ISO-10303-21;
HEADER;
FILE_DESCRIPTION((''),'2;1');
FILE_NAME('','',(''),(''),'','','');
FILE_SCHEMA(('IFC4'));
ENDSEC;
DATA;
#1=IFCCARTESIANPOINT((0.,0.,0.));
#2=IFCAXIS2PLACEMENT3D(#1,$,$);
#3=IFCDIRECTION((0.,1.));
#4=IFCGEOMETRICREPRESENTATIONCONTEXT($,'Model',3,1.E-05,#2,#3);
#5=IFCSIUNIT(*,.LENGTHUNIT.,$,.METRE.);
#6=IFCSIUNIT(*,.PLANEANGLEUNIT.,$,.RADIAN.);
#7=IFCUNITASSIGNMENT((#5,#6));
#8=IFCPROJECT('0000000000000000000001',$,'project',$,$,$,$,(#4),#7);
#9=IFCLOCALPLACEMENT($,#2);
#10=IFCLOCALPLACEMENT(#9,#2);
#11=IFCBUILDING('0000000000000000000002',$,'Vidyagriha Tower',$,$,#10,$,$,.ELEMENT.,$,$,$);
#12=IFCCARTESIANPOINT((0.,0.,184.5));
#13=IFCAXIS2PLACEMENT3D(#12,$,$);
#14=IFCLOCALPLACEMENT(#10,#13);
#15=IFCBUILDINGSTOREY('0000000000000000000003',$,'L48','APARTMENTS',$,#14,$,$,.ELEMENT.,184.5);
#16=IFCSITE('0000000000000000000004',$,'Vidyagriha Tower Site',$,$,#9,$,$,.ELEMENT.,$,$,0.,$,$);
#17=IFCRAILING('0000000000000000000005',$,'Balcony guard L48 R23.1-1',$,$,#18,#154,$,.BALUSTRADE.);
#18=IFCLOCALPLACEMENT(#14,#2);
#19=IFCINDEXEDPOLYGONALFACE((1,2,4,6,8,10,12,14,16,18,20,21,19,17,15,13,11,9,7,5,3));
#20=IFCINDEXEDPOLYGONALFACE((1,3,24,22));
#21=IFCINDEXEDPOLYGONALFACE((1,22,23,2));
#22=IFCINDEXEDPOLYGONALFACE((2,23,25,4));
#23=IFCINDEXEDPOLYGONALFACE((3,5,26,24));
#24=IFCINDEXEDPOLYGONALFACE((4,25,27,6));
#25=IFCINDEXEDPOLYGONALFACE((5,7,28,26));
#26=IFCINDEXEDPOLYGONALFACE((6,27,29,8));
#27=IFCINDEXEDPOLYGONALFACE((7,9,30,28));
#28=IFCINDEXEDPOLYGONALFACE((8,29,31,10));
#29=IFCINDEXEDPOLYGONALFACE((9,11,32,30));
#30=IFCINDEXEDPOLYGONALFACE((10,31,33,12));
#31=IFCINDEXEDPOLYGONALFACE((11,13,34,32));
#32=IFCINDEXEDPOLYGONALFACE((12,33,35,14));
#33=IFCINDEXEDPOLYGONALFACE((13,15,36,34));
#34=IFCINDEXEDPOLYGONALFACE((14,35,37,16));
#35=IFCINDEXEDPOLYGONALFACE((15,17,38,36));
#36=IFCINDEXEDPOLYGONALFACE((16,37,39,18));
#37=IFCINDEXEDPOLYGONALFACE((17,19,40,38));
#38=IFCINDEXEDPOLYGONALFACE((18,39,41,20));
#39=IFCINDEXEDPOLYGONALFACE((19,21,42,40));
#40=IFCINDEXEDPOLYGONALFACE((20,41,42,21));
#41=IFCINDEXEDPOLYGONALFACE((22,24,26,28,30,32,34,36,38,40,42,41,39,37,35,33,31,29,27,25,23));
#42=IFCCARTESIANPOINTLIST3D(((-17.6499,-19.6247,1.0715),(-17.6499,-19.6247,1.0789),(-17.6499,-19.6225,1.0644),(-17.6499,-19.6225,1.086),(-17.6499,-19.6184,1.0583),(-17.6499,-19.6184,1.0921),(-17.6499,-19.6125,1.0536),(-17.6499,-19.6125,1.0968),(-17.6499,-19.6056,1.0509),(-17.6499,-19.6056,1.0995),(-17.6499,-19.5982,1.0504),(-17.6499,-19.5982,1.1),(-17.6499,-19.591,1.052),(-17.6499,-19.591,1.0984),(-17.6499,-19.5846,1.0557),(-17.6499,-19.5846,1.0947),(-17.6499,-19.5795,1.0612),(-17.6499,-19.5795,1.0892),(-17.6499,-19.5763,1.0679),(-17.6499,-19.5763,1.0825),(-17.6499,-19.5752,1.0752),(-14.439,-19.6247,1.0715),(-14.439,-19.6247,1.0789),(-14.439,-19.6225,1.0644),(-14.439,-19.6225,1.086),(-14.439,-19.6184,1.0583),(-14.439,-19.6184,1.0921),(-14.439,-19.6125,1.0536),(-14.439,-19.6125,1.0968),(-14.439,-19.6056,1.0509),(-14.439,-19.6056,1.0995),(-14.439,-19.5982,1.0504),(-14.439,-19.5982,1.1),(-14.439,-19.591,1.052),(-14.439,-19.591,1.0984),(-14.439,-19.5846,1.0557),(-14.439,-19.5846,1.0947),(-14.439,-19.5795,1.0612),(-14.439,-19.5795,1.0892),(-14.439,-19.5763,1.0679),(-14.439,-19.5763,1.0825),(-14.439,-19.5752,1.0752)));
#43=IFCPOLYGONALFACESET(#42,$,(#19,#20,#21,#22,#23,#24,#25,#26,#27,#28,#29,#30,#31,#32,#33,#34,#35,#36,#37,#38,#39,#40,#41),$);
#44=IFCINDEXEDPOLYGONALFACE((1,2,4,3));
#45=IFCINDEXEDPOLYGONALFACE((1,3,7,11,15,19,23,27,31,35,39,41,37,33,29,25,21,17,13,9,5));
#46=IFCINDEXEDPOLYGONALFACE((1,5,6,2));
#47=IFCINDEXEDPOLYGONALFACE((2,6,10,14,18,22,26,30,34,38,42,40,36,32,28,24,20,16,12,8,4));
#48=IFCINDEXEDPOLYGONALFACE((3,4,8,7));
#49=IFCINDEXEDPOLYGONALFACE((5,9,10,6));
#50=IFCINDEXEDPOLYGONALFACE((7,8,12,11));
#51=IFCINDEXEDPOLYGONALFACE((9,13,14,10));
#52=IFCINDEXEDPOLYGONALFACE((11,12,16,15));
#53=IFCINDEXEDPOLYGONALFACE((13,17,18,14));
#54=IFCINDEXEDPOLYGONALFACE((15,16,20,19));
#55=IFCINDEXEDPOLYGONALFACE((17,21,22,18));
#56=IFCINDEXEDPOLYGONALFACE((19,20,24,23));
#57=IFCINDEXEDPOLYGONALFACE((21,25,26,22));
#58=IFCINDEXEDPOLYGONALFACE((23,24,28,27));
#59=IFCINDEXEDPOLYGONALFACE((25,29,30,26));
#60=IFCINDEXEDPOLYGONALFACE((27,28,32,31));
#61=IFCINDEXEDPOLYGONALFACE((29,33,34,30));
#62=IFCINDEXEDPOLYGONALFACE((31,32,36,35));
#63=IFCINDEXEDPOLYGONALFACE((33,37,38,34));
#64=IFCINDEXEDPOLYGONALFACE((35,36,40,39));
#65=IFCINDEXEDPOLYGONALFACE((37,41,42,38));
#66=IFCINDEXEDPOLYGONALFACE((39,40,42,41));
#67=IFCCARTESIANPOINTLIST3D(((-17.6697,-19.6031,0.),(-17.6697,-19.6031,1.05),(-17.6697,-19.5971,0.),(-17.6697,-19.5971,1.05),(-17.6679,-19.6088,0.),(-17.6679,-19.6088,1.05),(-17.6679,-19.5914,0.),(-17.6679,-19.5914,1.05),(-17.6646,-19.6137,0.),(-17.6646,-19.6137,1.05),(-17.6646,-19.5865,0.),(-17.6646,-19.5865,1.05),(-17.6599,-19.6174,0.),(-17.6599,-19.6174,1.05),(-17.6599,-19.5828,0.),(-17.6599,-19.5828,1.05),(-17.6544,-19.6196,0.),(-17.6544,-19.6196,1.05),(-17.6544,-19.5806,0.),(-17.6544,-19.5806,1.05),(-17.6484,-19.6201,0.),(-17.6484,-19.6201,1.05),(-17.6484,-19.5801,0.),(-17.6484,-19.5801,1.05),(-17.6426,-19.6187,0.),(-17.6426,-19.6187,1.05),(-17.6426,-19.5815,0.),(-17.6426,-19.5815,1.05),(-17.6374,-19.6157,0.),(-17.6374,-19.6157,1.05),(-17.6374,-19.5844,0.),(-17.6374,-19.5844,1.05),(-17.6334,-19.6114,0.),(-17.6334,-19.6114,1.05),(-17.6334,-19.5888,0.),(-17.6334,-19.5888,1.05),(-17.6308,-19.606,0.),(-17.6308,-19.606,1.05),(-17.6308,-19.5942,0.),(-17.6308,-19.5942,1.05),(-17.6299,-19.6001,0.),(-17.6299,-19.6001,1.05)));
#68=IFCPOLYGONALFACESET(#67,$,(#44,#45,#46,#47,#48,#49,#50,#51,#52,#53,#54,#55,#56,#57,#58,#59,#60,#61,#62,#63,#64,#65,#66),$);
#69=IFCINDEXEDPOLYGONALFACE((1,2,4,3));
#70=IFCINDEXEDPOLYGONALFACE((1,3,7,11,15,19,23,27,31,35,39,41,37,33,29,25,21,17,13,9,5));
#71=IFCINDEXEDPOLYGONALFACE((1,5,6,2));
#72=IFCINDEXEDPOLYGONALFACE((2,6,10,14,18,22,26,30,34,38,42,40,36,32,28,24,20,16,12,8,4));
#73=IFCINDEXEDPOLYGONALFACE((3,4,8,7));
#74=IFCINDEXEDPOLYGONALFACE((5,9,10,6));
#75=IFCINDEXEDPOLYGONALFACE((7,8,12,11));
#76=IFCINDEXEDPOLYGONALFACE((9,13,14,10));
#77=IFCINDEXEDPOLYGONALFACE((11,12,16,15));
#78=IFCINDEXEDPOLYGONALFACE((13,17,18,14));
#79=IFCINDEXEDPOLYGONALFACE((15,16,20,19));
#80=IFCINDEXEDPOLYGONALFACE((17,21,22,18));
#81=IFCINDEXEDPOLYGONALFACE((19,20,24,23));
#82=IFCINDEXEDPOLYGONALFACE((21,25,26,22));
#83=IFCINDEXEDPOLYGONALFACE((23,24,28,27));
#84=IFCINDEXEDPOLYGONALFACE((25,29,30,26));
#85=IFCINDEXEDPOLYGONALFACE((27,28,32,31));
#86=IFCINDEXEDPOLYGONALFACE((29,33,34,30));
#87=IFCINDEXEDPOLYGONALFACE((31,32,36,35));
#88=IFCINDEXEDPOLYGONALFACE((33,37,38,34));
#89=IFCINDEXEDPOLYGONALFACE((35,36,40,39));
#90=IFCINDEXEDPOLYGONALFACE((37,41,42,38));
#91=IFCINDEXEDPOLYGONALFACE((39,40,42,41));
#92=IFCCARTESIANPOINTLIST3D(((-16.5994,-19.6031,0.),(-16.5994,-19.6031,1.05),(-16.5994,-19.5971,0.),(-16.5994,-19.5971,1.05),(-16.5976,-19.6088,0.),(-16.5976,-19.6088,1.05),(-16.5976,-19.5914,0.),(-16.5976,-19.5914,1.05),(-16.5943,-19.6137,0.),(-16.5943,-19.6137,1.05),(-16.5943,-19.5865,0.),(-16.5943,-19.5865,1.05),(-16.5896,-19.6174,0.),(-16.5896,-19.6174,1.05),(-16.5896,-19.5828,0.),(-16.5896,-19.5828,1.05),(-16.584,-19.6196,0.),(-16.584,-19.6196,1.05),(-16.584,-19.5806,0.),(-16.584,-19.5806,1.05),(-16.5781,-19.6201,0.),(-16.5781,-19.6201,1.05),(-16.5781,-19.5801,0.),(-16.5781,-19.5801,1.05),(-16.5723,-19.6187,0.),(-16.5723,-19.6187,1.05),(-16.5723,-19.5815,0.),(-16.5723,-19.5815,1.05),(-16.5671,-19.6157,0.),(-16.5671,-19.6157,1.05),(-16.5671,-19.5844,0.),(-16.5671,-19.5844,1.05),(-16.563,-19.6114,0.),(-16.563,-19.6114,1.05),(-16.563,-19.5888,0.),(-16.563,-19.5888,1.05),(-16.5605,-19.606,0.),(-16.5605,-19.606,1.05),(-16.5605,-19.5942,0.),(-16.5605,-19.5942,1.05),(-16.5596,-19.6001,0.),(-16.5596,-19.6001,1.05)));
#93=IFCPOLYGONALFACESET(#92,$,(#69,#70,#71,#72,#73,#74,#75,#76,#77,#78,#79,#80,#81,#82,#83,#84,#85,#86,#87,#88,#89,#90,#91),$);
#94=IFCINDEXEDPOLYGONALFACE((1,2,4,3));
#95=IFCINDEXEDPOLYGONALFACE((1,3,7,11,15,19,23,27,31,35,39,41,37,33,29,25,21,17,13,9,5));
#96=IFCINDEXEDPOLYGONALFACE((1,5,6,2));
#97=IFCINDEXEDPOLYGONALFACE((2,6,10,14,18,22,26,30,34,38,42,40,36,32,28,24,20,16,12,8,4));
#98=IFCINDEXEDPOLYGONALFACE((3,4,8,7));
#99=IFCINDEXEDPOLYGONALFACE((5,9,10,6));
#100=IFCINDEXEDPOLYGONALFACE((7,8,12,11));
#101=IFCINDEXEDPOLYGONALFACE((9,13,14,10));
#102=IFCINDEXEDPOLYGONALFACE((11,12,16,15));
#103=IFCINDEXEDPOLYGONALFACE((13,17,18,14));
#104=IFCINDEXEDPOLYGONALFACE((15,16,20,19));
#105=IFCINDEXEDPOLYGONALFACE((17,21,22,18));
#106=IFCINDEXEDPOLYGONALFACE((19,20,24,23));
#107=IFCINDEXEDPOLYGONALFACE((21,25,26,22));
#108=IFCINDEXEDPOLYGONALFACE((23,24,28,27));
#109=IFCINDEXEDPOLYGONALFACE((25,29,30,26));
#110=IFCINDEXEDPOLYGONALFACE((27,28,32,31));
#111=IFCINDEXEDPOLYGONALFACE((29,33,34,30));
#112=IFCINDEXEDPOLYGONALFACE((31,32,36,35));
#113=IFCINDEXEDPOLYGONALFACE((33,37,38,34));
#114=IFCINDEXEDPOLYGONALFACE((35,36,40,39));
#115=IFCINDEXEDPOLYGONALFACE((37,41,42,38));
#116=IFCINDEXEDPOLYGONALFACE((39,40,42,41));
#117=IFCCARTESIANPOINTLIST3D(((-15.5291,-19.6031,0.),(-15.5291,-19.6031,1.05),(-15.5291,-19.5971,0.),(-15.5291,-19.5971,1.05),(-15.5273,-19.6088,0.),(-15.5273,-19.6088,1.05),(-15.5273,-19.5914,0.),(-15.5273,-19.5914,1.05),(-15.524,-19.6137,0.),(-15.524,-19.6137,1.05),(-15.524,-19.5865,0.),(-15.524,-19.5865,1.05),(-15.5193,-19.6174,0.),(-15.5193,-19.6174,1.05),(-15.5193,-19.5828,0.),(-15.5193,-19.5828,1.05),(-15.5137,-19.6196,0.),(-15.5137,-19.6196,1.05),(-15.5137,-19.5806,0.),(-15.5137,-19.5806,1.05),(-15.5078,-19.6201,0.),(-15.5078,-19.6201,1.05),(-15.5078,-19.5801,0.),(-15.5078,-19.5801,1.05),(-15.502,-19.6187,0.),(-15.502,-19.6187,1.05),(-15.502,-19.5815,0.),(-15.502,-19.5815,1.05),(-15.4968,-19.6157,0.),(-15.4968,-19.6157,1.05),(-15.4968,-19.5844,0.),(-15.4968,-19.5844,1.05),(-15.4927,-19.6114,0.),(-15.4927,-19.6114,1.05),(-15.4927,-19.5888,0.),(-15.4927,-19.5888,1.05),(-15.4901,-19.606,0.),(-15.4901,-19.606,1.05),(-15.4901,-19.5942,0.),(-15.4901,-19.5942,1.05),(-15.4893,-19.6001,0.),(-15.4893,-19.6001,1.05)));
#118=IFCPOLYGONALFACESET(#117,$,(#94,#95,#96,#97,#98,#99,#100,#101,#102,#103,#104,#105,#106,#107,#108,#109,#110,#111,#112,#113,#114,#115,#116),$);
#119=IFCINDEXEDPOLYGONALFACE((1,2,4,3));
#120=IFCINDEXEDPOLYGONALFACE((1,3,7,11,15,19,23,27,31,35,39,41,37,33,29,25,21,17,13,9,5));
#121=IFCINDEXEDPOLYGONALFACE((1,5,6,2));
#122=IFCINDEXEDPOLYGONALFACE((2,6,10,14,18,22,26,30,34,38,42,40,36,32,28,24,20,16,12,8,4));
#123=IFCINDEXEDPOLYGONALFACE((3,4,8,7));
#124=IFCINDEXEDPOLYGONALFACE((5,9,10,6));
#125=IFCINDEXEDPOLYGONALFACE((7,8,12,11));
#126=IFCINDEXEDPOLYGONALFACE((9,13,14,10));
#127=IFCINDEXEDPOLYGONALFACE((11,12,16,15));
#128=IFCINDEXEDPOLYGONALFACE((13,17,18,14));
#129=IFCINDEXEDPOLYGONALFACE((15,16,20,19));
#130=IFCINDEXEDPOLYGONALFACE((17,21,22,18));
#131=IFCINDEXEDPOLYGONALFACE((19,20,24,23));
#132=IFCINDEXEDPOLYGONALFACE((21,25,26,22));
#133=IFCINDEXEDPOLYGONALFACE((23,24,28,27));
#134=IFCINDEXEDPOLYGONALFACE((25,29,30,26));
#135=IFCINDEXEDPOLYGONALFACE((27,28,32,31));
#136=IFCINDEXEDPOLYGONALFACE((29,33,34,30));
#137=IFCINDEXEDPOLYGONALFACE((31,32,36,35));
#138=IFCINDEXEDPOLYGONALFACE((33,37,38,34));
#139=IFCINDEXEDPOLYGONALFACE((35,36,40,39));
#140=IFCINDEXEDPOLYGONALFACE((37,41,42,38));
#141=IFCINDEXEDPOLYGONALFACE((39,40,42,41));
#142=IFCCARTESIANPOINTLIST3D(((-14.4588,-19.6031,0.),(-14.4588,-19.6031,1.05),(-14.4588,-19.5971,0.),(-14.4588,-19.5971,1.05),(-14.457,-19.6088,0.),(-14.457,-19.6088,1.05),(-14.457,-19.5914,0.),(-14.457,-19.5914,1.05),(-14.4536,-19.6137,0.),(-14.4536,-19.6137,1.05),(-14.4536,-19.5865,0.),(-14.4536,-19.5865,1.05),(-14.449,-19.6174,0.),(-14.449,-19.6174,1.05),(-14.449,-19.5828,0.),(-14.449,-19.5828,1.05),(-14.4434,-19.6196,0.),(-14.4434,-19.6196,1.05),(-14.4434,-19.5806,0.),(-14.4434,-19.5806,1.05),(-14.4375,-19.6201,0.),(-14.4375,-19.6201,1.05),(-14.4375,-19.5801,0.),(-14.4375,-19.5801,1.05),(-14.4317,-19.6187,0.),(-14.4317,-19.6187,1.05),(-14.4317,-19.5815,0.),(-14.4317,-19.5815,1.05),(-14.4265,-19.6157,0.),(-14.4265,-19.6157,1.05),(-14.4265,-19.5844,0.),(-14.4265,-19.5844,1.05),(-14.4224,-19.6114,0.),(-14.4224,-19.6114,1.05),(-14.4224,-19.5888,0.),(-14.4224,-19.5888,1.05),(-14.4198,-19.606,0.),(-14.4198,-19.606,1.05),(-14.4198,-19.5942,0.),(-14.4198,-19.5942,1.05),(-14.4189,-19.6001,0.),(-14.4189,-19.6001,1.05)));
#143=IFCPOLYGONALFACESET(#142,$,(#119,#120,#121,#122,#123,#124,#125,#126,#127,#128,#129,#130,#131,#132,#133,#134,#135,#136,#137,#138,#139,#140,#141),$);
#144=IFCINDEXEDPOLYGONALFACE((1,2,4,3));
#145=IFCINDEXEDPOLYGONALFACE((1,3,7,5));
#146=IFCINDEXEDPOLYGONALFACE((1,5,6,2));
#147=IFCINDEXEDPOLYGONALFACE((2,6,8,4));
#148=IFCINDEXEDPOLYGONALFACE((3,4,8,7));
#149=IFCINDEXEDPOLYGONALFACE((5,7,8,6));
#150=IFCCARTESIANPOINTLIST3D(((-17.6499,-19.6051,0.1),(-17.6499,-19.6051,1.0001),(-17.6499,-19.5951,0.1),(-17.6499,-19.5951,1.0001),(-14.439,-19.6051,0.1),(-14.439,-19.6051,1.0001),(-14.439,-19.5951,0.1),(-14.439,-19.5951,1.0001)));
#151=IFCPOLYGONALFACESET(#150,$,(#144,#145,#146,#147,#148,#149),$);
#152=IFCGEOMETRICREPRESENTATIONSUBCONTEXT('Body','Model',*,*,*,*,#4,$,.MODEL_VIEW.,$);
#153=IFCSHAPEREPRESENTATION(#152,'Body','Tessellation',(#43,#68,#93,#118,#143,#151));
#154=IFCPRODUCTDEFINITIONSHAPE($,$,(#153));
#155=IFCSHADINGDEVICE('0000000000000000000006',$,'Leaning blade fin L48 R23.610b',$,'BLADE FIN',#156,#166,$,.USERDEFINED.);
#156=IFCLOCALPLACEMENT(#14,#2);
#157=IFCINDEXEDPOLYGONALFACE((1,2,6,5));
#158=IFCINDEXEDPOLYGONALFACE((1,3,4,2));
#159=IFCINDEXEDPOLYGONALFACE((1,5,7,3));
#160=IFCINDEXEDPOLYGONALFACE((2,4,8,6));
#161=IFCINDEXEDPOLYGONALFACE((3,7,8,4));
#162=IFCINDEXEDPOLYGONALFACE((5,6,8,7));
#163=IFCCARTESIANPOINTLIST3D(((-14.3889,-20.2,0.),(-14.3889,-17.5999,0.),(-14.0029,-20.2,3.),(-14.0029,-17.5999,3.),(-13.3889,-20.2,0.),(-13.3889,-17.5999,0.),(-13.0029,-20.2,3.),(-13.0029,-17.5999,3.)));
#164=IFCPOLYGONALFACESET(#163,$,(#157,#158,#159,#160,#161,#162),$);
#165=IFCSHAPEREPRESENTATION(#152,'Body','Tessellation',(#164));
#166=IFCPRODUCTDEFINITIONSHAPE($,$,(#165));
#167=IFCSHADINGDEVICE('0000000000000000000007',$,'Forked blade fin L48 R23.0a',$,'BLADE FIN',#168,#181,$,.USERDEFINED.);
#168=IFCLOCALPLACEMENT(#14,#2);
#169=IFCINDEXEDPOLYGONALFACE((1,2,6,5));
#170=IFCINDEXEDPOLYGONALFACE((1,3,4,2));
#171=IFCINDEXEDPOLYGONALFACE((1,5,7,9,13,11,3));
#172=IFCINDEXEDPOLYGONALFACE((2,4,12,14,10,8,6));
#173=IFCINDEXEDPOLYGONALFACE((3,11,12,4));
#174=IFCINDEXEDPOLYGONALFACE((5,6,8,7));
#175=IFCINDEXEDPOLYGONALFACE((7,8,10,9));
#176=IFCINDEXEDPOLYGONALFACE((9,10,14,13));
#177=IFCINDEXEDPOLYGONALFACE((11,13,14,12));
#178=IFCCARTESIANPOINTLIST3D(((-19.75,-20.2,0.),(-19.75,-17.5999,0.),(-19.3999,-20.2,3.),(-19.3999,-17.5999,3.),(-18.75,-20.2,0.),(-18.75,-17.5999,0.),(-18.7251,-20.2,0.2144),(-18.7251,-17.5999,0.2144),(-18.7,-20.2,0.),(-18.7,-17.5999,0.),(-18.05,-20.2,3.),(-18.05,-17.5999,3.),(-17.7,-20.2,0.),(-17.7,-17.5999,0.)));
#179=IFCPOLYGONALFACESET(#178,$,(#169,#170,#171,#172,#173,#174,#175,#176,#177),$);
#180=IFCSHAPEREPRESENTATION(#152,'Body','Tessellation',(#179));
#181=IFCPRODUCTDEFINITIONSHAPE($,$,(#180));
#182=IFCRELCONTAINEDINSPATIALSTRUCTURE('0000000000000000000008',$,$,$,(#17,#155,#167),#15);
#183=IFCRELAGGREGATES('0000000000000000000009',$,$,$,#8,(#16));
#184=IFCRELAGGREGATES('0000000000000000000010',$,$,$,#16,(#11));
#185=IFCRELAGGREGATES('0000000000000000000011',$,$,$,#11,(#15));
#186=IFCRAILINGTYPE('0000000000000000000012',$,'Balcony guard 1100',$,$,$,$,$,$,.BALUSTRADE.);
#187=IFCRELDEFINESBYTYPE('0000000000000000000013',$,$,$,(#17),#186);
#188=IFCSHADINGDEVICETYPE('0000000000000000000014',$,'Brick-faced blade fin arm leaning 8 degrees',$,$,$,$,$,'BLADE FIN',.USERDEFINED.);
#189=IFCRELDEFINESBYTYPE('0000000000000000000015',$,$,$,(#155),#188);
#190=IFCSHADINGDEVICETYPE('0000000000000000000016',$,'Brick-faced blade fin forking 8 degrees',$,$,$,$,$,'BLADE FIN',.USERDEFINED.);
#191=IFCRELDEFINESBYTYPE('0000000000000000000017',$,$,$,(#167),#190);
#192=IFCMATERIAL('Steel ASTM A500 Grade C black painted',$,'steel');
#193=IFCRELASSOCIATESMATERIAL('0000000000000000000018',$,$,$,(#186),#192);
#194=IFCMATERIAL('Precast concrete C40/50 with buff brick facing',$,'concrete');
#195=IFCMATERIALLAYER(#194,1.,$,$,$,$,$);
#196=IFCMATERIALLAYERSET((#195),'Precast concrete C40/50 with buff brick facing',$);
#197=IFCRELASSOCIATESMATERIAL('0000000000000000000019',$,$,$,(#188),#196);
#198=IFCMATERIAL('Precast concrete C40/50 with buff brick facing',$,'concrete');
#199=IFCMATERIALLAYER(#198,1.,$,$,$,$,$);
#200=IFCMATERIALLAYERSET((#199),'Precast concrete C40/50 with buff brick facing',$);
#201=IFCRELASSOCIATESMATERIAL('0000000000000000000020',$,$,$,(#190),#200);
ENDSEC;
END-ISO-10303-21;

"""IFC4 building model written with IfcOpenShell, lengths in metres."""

from ifc_helpers import new_model, si_unit, direction, frame, origin, origin_2d, place, context, subcontext, project, spatial, polyline, rectangle, circle, outline, extrude, material, layer, layer_set, type_object, element, save


model = new_model("IFC4")

# Units and contexts
model_context = context("Model", 3, precision=1e-05, world=origin(), true_north=direction((0.0, 1.0)))
body_context = subcontext(model_context, "Body", "Model", "MODEL_VIEW")
ifc_project = project(units=[si_unit("LENGTHUNIT", "METRE"), si_unit("PLANEANGLEUNIT", "RADIAN")], contexts=[model_context])

# Site, building, storey
site_placement = place(None, origin())
site = spatial("IfcSite", under=ifc_project, at=site_placement, Name="Vidyagriha Tower Site", CompositionType="ELEMENT", RefElevation=0.0)
building_placement = place(site_placement, origin())
building = spatial("IfcBuilding", under=site, at=building_placement, Name="Vidyagriha Tower", CompositionType="ELEMENT")
storey_placement = place(building_placement, frame((0.0, 0.0, 184.5)))
storey = spatial("IfcBuildingStorey", under=building, at=storey_placement, Name="L48", Description="APARTMENTS", CompositionType="ELEMENT", Elevation=184.5)

# Railing
ifc_material_1 = material(Name="Steel ASTM A500 Grade C black painted", Category="steel")
railing_type_1 = type_object("IfcRailingType", Name="Balcony guard 1100", PredefinedType="BALUSTRADE", material=ifc_material_1)
railing_1_placement = place(storey_placement, frame((-17.6499, -19.6001, 0.0)))
element("IfcRailing", 1, at=railing_1_placement, inside=storey, type_object=railing_type_1, Name="Balcony guard L48 R23.1-1", PredefinedType="BALUSTRADE", context=body_context, shape_type="SweptSolid", body=[
    extrude(circle(Radius=0.0249, at=origin_2d()), frame((0.0, 0.0, 1.0752), z_axis=(1.0, 0.0, 0.0), x_axis=(0.0, 1.0, 0.0)), (0.0, 0.0, 1.0), 3.2109),
    extrude(circle(Radius=0.02, at=origin_2d()), origin(), (0.0, 0.0, 1.0), 1.05),
    extrude(circle(Radius=0.02, at=origin_2d()), frame((1.0703, 0.0, 0.0)), (0.0, 0.0, 1.0), 1.05),
    extrude(circle(Radius=0.02, at=origin_2d()), frame((2.1406, 0.0, 0.0)), (0.0, 0.0, 1.0), 1.05),
    extrude(circle(Radius=0.02, at=origin_2d()), frame((3.2109, 0.0, 0.0)), (0.0, 0.0, 1.0), 1.05),
    extrude(rectangle(XDim=0.01, YDim=0.9001, at=origin_2d()), frame((0.0, 0.0, 0.55), z_axis=(1.0, 0.0, 0.0), x_axis=(0.0, 1.0, 0.0)), (0.0, 0.0, 1.0), 3.2109),
])

# Shading devices
ifc_material_2 = material(Name="Precast concrete C40/50 with buff brick facing", Category="concrete")
ifc_layer_1 = layer(ifc_material_2, 1.0)
ifc_layer_set_1 = layer_set([ifc_layer_1], Name="Precast concrete C40/50 with buff brick facing")
shading_device_type_1 = type_object("IfcShadingDeviceType", Name="Brick-faced blade fin arm leaning 8 degrees", ElementType="BLADE FIN", PredefinedType="USERDEFINED", material=ifc_layer_set_1)
shading_device_1_placement = place(storey_placement, frame((-14.3889, -18.8999, 0.0)))
element("IfcShadingDevice", 2, at=shading_device_1_placement, inside=storey, type_object=shading_device_type_1, Name="Leaning blade fin L48 R23.610b", ObjectType="BLADE FIN", PredefinedType="USERDEFINED", context=body_context, shape_type="SweptSolid", body=[
    extrude(outline(polyline([(0.0, 0.0), (1.0, 0.0), (1.386, 3.0), (0.386, 3.0), (0.0, 0.0)])), frame((0.0, 1.3, 0.0), z_axis=(0.0, -1.0, 0.0), x_axis=(1.0, 0.0, 0.0)), (0.0, 0.0, 1.0), 2.6001),
])
ifc_material_3 = material(Name="Precast concrete C40/50 with buff brick facing", Category="concrete")
ifc_layer_2 = layer(ifc_material_3, 1.0)
ifc_layer_set_2 = layer_set([ifc_layer_2], Name="Precast concrete C40/50 with buff brick facing")
shading_device_type_2 = type_object("IfcShadingDeviceType", Name="Brick-faced blade fin forking 8 degrees", ElementType="BLADE FIN", PredefinedType="USERDEFINED", material=ifc_layer_set_2)
shading_device_2_placement = place(storey_placement, frame((-19.75, -18.8999, 0.0)))
element("IfcShadingDevice", 3, at=shading_device_2_placement, inside=storey, type_object=shading_device_type_2, Name="Forked blade fin L48 R23.0a", ObjectType="BLADE FIN", PredefinedType="USERDEFINED", context=body_context, shape_type="SweptSolid", body=[
    extrude(outline(polyline([(1.0, 0.0), (1.0249, 0.2144), (1.05, 0.0), (2.05, 0.0), (1.7, 3.0), (0.3501, 3.0), (0.0, 0.0), (1.0, 0.0)])), frame((0.0, 1.3, 0.0), z_axis=(0.0, -1.0, 0.0), x_axis=(1.0, 0.0, 0.0)), (0.0, 0.0, 1.0), 2.6001),
])

save(model, "model.ifc")
